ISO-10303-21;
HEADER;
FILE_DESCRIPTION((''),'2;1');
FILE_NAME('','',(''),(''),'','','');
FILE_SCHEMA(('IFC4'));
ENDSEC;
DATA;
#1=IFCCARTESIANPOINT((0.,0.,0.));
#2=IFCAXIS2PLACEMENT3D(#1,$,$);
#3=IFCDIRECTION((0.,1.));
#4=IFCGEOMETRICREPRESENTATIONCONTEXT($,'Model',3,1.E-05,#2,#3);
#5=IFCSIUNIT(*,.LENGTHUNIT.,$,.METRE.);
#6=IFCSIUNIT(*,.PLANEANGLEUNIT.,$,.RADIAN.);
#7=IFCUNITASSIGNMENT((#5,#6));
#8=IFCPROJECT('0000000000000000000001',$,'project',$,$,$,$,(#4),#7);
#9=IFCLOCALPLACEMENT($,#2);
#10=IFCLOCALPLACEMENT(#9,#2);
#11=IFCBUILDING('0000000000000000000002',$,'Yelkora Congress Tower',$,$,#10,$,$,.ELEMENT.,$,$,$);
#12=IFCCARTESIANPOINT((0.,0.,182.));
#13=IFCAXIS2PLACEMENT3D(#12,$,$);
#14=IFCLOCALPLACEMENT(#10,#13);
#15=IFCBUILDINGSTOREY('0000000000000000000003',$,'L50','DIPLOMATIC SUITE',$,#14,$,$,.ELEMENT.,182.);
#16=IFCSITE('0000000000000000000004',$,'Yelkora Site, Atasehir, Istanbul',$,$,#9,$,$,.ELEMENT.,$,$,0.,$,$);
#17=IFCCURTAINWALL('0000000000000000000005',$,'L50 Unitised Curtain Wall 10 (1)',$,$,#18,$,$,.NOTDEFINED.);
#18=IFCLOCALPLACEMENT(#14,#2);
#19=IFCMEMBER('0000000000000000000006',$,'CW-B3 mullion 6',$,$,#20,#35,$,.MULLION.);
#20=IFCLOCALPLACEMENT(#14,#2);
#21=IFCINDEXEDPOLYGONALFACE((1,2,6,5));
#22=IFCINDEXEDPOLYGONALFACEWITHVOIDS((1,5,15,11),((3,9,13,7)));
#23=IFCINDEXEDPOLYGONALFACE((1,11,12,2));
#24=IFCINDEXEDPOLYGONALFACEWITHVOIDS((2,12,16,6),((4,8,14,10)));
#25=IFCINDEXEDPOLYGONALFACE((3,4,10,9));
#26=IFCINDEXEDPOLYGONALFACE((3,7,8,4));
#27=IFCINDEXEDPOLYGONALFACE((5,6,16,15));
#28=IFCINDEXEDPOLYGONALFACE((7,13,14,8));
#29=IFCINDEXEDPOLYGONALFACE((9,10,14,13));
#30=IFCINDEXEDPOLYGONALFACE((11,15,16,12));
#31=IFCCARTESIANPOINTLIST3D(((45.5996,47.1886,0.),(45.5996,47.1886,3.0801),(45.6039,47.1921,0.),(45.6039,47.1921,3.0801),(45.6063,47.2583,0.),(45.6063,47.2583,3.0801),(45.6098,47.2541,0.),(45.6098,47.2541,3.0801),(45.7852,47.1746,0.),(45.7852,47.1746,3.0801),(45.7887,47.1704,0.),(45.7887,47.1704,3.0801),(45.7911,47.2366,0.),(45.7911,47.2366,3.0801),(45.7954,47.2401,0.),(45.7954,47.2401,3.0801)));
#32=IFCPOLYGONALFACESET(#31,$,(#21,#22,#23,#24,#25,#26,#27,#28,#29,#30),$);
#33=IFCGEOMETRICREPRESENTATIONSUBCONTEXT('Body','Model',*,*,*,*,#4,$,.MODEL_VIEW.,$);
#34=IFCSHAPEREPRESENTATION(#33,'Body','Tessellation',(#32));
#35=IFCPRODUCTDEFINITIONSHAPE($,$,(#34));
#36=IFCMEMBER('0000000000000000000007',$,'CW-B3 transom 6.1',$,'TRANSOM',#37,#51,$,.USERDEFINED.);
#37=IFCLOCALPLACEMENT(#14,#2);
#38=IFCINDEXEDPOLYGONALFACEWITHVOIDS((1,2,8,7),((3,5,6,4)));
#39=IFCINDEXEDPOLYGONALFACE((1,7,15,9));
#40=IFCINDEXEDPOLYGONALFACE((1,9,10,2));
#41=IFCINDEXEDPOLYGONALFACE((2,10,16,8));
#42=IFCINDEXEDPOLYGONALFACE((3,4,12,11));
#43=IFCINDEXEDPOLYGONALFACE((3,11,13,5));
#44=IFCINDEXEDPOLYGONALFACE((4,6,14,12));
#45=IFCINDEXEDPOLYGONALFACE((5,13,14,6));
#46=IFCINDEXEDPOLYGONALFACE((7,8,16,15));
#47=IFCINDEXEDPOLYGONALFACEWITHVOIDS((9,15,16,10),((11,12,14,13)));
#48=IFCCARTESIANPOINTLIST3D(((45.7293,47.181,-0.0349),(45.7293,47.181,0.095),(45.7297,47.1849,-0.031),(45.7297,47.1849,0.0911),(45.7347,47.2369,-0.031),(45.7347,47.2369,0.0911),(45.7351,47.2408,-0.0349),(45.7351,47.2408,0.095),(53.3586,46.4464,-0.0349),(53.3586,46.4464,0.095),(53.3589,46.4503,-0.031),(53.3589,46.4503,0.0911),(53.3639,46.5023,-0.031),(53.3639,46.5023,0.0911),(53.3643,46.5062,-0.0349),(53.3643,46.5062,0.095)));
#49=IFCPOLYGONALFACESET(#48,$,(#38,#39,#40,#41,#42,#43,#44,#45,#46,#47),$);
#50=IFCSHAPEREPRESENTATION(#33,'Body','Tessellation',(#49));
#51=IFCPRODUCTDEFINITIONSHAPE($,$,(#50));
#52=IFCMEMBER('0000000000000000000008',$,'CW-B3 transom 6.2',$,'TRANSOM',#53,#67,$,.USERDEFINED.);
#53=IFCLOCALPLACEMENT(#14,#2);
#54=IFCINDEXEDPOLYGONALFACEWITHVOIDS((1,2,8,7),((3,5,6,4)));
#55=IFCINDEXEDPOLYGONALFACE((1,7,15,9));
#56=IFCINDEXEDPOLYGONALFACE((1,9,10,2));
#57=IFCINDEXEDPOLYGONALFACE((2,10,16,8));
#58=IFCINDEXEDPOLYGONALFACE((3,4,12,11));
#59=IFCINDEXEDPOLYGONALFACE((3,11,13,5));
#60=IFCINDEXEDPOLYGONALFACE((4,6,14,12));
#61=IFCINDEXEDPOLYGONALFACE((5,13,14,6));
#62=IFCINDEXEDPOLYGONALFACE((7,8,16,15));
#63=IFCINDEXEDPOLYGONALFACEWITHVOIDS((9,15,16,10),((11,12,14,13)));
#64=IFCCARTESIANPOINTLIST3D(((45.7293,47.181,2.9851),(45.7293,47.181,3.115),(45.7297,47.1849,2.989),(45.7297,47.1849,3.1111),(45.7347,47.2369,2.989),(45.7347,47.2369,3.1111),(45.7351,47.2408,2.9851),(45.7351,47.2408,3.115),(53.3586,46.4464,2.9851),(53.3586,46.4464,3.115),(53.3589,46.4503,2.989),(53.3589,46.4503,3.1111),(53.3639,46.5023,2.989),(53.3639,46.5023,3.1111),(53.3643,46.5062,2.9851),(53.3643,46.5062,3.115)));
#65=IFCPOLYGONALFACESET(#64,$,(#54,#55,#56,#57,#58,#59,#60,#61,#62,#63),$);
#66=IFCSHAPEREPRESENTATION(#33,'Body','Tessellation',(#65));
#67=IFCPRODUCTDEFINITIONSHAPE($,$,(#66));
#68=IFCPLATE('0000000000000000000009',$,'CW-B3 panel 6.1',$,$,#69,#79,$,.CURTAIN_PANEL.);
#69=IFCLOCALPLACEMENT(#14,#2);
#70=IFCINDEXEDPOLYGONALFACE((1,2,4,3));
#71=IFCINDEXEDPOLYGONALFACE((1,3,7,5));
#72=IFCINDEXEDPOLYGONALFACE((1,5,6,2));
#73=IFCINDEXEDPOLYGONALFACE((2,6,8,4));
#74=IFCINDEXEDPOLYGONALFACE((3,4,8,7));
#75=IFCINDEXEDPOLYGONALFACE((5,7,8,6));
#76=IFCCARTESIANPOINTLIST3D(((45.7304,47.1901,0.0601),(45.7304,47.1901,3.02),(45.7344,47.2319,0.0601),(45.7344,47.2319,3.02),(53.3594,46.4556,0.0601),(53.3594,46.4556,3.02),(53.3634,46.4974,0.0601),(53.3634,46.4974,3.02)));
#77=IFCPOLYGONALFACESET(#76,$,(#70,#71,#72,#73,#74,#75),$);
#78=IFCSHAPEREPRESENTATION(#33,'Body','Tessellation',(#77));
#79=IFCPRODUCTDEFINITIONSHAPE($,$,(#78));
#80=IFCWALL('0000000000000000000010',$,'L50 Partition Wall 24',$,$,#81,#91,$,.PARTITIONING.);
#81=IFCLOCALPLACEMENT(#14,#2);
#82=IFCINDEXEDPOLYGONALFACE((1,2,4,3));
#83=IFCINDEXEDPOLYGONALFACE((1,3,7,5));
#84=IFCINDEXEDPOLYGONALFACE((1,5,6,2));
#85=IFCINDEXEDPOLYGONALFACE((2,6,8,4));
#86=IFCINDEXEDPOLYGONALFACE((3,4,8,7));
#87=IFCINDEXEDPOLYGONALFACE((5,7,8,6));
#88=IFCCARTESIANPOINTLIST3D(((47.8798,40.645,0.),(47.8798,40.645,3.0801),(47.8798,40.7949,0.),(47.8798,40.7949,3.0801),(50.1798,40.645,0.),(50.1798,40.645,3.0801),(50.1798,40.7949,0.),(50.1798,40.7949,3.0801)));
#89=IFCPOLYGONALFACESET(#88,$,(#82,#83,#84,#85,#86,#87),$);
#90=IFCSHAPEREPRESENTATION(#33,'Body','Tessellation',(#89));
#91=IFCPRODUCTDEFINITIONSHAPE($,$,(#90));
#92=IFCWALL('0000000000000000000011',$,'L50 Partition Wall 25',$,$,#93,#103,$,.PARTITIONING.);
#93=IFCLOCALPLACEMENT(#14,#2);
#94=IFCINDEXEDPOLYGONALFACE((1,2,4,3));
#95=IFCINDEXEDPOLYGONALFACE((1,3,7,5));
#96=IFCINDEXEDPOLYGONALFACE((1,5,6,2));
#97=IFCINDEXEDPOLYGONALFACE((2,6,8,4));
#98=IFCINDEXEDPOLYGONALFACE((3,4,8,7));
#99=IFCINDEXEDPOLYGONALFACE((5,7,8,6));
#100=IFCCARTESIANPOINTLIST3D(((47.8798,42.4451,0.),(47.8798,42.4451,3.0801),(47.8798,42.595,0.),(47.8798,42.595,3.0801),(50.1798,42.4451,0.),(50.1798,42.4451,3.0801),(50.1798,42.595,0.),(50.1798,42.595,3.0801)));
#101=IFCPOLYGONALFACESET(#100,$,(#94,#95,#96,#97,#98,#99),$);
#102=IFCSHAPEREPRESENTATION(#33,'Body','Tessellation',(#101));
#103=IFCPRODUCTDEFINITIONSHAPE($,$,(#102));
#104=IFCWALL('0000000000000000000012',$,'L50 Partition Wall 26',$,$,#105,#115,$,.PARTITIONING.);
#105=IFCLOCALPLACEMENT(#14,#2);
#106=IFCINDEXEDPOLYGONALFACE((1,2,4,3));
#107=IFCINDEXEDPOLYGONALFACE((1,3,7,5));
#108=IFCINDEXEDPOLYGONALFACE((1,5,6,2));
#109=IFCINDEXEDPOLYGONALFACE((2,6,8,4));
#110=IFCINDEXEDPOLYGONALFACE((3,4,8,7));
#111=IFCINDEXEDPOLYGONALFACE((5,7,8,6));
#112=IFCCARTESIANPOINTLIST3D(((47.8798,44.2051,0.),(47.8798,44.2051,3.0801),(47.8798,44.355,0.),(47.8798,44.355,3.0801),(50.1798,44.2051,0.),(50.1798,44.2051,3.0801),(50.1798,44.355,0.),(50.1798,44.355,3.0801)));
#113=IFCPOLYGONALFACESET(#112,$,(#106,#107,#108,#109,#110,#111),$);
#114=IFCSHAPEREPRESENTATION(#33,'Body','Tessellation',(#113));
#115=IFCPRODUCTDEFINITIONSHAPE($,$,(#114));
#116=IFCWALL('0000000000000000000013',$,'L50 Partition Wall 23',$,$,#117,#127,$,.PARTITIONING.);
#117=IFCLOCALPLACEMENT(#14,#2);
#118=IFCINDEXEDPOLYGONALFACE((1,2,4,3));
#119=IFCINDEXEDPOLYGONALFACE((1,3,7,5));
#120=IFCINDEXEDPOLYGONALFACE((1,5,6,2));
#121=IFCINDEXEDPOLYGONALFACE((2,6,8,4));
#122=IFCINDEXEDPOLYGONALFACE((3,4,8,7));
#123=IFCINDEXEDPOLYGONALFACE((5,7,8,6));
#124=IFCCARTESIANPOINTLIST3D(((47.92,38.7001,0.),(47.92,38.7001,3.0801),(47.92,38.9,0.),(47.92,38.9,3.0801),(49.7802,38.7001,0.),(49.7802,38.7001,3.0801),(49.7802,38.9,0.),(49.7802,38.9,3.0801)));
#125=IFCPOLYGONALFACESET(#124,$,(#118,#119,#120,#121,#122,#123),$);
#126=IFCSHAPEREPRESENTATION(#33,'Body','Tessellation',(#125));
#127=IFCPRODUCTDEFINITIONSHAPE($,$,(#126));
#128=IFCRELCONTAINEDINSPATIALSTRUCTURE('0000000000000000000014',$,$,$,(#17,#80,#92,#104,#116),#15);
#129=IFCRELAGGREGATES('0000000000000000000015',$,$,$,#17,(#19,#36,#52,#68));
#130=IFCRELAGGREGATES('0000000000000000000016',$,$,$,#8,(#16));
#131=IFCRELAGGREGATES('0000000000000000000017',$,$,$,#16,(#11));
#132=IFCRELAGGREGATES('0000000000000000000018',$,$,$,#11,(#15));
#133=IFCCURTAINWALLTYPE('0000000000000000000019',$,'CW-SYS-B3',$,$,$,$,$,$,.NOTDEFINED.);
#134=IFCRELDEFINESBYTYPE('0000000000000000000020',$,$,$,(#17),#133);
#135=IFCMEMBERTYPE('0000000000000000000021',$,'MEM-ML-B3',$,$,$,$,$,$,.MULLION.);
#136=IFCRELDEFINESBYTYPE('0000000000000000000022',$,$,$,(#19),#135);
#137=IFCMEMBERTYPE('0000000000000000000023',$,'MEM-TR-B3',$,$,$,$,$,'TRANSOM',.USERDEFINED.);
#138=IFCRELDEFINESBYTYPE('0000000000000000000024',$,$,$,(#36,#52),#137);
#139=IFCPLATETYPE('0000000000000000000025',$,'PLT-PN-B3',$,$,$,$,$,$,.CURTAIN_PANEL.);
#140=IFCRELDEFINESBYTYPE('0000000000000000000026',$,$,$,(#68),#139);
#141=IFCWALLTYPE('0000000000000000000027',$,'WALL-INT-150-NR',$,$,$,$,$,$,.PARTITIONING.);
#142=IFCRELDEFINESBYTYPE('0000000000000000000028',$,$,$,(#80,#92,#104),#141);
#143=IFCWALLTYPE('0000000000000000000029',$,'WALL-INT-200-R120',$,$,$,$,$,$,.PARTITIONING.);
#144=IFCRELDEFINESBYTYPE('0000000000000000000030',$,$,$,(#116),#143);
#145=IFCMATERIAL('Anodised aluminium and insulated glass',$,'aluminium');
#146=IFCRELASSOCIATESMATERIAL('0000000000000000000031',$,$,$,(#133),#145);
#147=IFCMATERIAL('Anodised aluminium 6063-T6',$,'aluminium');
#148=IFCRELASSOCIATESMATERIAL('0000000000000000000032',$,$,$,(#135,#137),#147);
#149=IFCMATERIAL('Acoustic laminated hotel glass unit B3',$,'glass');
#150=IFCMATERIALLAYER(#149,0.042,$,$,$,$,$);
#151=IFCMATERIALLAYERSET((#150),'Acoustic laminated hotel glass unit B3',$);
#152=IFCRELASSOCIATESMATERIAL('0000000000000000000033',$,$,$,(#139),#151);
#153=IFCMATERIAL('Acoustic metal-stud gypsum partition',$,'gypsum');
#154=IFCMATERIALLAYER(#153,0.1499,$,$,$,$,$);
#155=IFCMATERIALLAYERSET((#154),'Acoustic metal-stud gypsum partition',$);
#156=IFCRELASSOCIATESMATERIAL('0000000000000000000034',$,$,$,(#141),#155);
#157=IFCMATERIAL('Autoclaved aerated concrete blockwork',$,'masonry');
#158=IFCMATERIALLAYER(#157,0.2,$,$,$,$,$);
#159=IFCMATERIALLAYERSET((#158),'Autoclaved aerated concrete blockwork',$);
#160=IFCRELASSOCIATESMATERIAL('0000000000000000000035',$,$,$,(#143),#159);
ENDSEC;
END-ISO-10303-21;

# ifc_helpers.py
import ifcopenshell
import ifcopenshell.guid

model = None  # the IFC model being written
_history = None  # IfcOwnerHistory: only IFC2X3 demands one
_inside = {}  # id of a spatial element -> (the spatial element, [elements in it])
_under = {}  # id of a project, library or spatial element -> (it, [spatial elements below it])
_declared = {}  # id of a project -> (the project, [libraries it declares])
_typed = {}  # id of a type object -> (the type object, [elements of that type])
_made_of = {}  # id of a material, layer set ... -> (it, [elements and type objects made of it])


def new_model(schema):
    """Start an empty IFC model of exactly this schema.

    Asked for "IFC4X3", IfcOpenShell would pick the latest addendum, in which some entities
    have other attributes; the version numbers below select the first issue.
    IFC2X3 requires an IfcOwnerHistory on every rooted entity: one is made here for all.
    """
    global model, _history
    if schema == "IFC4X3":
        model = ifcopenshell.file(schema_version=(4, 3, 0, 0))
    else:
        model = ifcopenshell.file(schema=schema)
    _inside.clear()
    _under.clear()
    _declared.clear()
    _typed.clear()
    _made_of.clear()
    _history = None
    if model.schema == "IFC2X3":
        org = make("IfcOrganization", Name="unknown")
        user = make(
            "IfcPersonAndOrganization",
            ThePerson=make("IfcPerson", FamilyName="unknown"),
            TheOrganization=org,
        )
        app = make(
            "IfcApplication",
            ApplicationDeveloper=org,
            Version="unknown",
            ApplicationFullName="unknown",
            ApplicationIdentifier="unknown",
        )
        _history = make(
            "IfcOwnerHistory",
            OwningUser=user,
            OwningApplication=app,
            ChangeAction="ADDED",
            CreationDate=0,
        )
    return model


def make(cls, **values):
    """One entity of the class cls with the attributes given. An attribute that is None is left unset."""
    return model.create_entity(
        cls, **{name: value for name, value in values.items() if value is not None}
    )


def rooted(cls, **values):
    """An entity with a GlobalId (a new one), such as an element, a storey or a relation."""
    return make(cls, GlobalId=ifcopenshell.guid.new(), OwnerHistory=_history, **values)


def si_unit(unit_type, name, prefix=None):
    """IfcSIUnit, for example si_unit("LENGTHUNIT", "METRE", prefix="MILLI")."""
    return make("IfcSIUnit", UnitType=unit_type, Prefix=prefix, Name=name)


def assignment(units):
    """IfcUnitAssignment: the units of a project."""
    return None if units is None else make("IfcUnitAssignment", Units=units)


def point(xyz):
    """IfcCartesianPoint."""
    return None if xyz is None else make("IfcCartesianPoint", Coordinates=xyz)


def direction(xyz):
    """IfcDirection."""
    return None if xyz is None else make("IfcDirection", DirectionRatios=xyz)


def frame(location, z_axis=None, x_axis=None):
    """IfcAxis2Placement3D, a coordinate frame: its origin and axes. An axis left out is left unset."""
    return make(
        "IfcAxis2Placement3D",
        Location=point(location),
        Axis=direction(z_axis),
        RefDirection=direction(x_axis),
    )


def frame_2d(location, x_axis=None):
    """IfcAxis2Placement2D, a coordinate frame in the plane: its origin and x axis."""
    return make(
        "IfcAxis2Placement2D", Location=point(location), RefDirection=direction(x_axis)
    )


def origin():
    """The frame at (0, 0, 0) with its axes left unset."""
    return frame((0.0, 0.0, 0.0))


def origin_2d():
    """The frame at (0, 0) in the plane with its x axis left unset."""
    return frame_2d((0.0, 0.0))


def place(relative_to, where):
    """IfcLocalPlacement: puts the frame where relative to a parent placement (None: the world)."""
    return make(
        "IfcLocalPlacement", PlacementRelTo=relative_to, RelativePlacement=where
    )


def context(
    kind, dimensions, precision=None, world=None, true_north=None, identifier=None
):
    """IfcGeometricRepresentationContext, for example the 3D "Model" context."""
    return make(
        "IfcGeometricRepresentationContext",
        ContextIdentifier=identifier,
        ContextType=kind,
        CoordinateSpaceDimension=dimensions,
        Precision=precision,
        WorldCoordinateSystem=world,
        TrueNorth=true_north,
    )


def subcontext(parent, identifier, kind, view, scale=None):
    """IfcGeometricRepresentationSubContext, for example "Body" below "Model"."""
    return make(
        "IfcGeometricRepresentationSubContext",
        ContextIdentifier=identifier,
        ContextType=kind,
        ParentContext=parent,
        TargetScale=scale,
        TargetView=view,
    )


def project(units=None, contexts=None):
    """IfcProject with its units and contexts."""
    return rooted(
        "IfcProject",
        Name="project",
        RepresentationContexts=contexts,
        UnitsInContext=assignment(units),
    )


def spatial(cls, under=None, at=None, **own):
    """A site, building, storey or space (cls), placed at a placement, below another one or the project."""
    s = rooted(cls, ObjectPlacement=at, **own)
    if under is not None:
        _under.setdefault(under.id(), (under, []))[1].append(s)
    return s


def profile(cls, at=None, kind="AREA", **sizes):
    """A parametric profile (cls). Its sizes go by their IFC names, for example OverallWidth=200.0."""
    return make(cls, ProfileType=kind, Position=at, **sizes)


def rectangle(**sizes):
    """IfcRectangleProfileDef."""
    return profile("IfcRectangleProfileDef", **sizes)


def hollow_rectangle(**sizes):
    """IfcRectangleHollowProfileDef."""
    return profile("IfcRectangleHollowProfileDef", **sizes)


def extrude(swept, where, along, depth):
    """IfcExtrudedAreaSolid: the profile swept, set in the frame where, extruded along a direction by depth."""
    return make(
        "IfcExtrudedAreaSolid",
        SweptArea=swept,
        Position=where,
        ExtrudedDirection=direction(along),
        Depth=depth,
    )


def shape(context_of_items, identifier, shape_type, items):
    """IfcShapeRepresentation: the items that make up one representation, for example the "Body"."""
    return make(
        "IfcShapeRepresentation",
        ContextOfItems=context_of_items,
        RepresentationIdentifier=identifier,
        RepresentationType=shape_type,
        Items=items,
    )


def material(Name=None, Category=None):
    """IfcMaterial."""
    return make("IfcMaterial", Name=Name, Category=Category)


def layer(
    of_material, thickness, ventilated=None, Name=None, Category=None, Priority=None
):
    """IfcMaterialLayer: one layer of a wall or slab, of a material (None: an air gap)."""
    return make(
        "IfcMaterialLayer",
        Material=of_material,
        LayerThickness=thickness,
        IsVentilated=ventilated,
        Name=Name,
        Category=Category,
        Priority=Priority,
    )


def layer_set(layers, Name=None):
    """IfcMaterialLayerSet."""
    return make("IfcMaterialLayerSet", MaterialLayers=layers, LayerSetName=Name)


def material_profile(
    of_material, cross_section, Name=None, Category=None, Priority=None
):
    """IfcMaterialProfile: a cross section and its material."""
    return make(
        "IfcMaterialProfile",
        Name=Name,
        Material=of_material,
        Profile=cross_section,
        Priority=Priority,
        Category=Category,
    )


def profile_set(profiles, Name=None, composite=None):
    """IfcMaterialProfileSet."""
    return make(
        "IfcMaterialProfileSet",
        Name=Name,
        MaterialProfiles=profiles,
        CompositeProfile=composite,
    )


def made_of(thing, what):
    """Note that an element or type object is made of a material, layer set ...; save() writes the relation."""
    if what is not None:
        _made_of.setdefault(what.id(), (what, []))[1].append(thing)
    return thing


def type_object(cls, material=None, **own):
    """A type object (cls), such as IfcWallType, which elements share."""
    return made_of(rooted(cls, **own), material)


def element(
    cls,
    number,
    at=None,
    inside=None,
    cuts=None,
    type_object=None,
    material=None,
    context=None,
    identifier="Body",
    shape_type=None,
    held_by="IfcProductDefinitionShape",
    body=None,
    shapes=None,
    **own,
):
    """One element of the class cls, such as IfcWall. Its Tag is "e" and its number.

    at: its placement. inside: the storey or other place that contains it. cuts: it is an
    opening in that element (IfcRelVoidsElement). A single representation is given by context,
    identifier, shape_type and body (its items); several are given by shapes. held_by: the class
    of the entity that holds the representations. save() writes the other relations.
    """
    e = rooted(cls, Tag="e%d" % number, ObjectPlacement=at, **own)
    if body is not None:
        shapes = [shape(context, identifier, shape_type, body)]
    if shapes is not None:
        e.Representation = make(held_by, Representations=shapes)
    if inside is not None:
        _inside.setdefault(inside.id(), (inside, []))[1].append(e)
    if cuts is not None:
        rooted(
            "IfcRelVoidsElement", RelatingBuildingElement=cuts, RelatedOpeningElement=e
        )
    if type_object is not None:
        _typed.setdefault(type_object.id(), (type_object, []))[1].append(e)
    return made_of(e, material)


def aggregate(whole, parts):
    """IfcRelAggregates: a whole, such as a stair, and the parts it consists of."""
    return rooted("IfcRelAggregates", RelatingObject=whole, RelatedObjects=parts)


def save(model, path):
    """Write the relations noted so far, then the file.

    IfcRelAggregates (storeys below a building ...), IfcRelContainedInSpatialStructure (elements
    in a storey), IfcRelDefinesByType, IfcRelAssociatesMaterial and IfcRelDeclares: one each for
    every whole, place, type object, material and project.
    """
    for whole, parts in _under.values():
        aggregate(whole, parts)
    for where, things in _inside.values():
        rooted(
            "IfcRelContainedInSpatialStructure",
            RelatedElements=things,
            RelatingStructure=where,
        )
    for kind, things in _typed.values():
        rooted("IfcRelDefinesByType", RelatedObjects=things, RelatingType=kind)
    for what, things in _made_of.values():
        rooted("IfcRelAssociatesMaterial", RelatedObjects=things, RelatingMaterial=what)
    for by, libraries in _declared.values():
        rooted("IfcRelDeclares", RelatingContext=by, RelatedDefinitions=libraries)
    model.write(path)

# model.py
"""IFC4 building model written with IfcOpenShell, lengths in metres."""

from ifc_helpers import new_model, si_unit, direction, frame, frame_2d, origin, origin_2d, place, context, subcontext, project, spatial, rectangle, hollow_rectangle, extrude, material, layer, layer_set, material_profile, profile_set, type_object, element, aggregate, save


model = new_model("IFC4")

# Units and contexts
model_context = context("Model", 3, precision=1e-05, world=origin(), true_north=direction((0.0, 1.0)))
body_context = subcontext(model_context, "Body", "Model", "MODEL_VIEW")
ifc_project = project(units=[si_unit("LENGTHUNIT", "METRE"), si_unit("PLANEANGLEUNIT", "RADIAN")], contexts=[model_context])

# Site, building, storey
site_placement = place(None, origin())
site = spatial("IfcSite", under=ifc_project, at=site_placement, Name="Yelkora Site, Atasehir, Istanbul", CompositionType="ELEMENT", RefElevation=0.0)
building_placement = place(site_placement, origin())
building = spatial("IfcBuilding", under=site, at=building_placement, Name="Yelkora Congress Tower", CompositionType="ELEMENT")
storey_placement = place(building_placement, frame((0.0, 0.0, 182.0)))
storey = spatial("IfcBuildingStorey", under=building, at=storey_placement, Name="L50", Description="DIPLOMATIC SUITE", CompositionType="ELEMENT", Elevation=182.0)

# Curtain wall, members, plate
ifc_material_1 = material(Name="Anodised aluminium and insulated glass", Category="aluminium")
curtain_wall_type = type_object("IfcCurtainWallType", Name="CW-SYS-B3", PredefinedType="NOTDEFINED", material=ifc_material_1)
curtain_wall_placement = place(storey_placement, origin())
curtain_wall = element("IfcCurtainWall", 1, at=curtain_wall_placement, inside=storey, type_object=curtain_wall_type, Name="L50 Unitised Curtain Wall 10 (1)", PredefinedType="NOTDEFINED")
ifc_material_2 = material(Name="Anodised aluminium 6063-T6", Category="aluminium")
ifc_material_profile_1 = material_profile(ifc_material_2, hollow_rectangle(XDim=0.0701, YDim=0.1899, WallThickness=0.0039, at=origin_2d()), Name="ALU 70x190x4")
ifc_profile_set_1 = profile_set([ifc_material_profile_1], Name="Anodised aluminium 6063-T6")
member_type_1 = type_object("IfcMemberType", Name="MEM-ML-B3", PredefinedType="MULLION", material=ifc_profile_set_1)
member_1_placement = place(storey_placement, frame((45.6975, 47.2144, 0.0), z_axis=(0.0, 0.0, 1.0), x_axis=(0.095845, 0.995396, 0.0)))
member_1 = element("IfcMember", 2, at=member_1_placement, type_object=member_type_1, Name="CW-B3 mullion 6", PredefinedType="MULLION", context=body_context, shape_type="SweptSolid", body=[
    extrude(hollow_rectangle(XDim=0.0701, YDim=0.1899, WallThickness=0.0039, at=origin_2d()), origin(), (0.0, 0.0, 1.0), 3.0801),
])
ifc_material_profile_2 = material_profile(ifc_material_2, hollow_rectangle(XDim=0.0601, YDim=0.1299, WallThickness=0.0039, at=origin_2d()), Name="ALU 60x130x4")
ifc_profile_set_2 = profile_set([ifc_material_profile_2], Name="Anodised aluminium 6063-T6")
member_type_2 = type_object("IfcMemberType", Name="MEM-TR-B3", ElementType="TRANSOM", PredefinedType="USERDEFINED", material=ifc_profile_set_2)
member_2_placement = place(storey_placement, frame((45.7322, 47.2109, 0.03), z_axis=(0.995396, -0.095848, 0.0), x_axis=(0.095848, 0.995396, 0.0)))
member_2 = element("IfcMember", 3, at=member_2_placement, type_object=member_type_2, Name="CW-B3 transom 6.1", ObjectType="TRANSOM", PredefinedType="USERDEFINED", context=body_context, shape_type="SweptSolid", body=[
    extrude(hollow_rectangle(XDim=0.0601, YDim=0.1299, WallThickness=0.0039, at=origin_2d()), origin(), (0.0, 0.0, 1.0), 7.6646),
])
member_3_placement = place(storey_placement, frame((45.7322, 47.2109, 3.05), z_axis=(0.995396, -0.095848, 0.0), x_axis=(0.095848, 0.995396, 0.0)))
member_3 = element("IfcMember", 4, at=member_3_placement, type_object=member_type_2, Name="CW-B3 transom 6.2", ObjectType="TRANSOM", PredefinedType="USERDEFINED", context=body_context, shape_type="SweptSolid", body=[
    extrude(hollow_rectangle(XDim=0.0601, YDim=0.1299, WallThickness=0.0039, at=origin_2d()), origin(), (0.0, 0.0, 1.0), 7.6646),
])
ifc_material_3 = material(Name="Acoustic laminated hotel glass unit B3", Category="glass")
ifc_layer_1 = layer(ifc_material_3, 0.042)
ifc_layer_set_1 = layer_set([ifc_layer_1], Name="Acoustic laminated hotel glass unit B3")
plate_type = type_object("IfcPlateType", Name="PLT-PN-B3", PredefinedType="CURTAIN_PANEL", material=ifc_layer_set_1)
plate_placement = place(storey_placement, frame((49.5469, 46.8438, 0.0601), z_axis=(0.0, 0.0, 1.0), x_axis=(0.995396, -0.095845, 0.0)))
plate = element("IfcPlate", 5, at=plate_placement, type_object=plate_type, Name="CW-B3 panel 6.1", PredefinedType="CURTAIN_PANEL", context=body_context, shape_type="SweptSolid", body=[
    extrude(rectangle(XDim=7.6643, YDim=0.042, at=origin_2d()), origin(), (0.0, 0.0, 1.0), 2.96),
])
aggregate(curtain_wall, [member_1, member_2, member_3, plate])

# Walls
ifc_material_4 = material(Name="Acoustic metal-stud gypsum partition", Category="gypsum")
ifc_layer_2 = layer(ifc_material_4, 0.1499)
ifc_layer_set_2 = layer_set([ifc_layer_2], Name="Acoustic metal-stud gypsum partition")
wall_type_1 = type_object("IfcWallType", Name="WALL-INT-150-NR", PredefinedType="PARTITIONING", material=ifc_layer_set_2)
for number, where, z_axis, x_axis, name in (
    (6, (47.8799, 40.72, 0.0), (0.0, 0.0, 1.0), (1.0, 0.0, 0.0), "L50 Partition Wall 24"),
    (7, (47.8799, 42.52, 0.0), (0.0, 0.0, 1.0), (1.0, 0.0, 0.0), "L50 Partition Wall 25"),
    (8, (47.8799, 44.28, 0.0), (0.0, 0.0, 1.0), (1.0, 0.0, 0.0), "L50 Partition Wall 26"),
):
    element("IfcWall", number, at=place(storey_placement, frame(where, z_axis=z_axis, x_axis=x_axis)), inside=storey, type_object=wall_type_1, Name=name, PredefinedType="PARTITIONING", context=body_context, shape_type="SweptSolid", body=[
        extrude(rectangle(XDim=2.3, YDim=0.1499, at=frame_2d((1.1499, 0.0))), origin(), (0.0, 0.0, 1.0), 3.0801),
    ])

# Wall
ifc_material_5 = material(Name="Autoclaved aerated concrete blockwork", Category="masonry")
ifc_layer_3 = layer(ifc_material_5, 0.2)
ifc_layer_set_3 = layer_set([ifc_layer_3], Name="Autoclaved aerated concrete blockwork")
wall_type_2 = type_object("IfcWallType", Name="WALL-INT-200-R120", PredefinedType="PARTITIONING", material=ifc_layer_set_3)
wall_1_placement = place(storey_placement, frame((47.9199, 38.8, 0.0), z_axis=(0.0, 0.0, 1.0), x_axis=(1.0, 0.0, 0.0)))
element("IfcWall", 9, at=wall_1_placement, inside=storey, type_object=wall_type_2, Name="L50 Partition Wall 23", PredefinedType="PARTITIONING", context=body_context, shape_type="SweptSolid", body=[
    extrude(rectangle(XDim=1.8601, YDim=0.2, at=frame_2d((0.9302, 0.0))), origin(), (0.0, 0.0, 1.0), 3.0801),
])

save(model, "model.ifc")
